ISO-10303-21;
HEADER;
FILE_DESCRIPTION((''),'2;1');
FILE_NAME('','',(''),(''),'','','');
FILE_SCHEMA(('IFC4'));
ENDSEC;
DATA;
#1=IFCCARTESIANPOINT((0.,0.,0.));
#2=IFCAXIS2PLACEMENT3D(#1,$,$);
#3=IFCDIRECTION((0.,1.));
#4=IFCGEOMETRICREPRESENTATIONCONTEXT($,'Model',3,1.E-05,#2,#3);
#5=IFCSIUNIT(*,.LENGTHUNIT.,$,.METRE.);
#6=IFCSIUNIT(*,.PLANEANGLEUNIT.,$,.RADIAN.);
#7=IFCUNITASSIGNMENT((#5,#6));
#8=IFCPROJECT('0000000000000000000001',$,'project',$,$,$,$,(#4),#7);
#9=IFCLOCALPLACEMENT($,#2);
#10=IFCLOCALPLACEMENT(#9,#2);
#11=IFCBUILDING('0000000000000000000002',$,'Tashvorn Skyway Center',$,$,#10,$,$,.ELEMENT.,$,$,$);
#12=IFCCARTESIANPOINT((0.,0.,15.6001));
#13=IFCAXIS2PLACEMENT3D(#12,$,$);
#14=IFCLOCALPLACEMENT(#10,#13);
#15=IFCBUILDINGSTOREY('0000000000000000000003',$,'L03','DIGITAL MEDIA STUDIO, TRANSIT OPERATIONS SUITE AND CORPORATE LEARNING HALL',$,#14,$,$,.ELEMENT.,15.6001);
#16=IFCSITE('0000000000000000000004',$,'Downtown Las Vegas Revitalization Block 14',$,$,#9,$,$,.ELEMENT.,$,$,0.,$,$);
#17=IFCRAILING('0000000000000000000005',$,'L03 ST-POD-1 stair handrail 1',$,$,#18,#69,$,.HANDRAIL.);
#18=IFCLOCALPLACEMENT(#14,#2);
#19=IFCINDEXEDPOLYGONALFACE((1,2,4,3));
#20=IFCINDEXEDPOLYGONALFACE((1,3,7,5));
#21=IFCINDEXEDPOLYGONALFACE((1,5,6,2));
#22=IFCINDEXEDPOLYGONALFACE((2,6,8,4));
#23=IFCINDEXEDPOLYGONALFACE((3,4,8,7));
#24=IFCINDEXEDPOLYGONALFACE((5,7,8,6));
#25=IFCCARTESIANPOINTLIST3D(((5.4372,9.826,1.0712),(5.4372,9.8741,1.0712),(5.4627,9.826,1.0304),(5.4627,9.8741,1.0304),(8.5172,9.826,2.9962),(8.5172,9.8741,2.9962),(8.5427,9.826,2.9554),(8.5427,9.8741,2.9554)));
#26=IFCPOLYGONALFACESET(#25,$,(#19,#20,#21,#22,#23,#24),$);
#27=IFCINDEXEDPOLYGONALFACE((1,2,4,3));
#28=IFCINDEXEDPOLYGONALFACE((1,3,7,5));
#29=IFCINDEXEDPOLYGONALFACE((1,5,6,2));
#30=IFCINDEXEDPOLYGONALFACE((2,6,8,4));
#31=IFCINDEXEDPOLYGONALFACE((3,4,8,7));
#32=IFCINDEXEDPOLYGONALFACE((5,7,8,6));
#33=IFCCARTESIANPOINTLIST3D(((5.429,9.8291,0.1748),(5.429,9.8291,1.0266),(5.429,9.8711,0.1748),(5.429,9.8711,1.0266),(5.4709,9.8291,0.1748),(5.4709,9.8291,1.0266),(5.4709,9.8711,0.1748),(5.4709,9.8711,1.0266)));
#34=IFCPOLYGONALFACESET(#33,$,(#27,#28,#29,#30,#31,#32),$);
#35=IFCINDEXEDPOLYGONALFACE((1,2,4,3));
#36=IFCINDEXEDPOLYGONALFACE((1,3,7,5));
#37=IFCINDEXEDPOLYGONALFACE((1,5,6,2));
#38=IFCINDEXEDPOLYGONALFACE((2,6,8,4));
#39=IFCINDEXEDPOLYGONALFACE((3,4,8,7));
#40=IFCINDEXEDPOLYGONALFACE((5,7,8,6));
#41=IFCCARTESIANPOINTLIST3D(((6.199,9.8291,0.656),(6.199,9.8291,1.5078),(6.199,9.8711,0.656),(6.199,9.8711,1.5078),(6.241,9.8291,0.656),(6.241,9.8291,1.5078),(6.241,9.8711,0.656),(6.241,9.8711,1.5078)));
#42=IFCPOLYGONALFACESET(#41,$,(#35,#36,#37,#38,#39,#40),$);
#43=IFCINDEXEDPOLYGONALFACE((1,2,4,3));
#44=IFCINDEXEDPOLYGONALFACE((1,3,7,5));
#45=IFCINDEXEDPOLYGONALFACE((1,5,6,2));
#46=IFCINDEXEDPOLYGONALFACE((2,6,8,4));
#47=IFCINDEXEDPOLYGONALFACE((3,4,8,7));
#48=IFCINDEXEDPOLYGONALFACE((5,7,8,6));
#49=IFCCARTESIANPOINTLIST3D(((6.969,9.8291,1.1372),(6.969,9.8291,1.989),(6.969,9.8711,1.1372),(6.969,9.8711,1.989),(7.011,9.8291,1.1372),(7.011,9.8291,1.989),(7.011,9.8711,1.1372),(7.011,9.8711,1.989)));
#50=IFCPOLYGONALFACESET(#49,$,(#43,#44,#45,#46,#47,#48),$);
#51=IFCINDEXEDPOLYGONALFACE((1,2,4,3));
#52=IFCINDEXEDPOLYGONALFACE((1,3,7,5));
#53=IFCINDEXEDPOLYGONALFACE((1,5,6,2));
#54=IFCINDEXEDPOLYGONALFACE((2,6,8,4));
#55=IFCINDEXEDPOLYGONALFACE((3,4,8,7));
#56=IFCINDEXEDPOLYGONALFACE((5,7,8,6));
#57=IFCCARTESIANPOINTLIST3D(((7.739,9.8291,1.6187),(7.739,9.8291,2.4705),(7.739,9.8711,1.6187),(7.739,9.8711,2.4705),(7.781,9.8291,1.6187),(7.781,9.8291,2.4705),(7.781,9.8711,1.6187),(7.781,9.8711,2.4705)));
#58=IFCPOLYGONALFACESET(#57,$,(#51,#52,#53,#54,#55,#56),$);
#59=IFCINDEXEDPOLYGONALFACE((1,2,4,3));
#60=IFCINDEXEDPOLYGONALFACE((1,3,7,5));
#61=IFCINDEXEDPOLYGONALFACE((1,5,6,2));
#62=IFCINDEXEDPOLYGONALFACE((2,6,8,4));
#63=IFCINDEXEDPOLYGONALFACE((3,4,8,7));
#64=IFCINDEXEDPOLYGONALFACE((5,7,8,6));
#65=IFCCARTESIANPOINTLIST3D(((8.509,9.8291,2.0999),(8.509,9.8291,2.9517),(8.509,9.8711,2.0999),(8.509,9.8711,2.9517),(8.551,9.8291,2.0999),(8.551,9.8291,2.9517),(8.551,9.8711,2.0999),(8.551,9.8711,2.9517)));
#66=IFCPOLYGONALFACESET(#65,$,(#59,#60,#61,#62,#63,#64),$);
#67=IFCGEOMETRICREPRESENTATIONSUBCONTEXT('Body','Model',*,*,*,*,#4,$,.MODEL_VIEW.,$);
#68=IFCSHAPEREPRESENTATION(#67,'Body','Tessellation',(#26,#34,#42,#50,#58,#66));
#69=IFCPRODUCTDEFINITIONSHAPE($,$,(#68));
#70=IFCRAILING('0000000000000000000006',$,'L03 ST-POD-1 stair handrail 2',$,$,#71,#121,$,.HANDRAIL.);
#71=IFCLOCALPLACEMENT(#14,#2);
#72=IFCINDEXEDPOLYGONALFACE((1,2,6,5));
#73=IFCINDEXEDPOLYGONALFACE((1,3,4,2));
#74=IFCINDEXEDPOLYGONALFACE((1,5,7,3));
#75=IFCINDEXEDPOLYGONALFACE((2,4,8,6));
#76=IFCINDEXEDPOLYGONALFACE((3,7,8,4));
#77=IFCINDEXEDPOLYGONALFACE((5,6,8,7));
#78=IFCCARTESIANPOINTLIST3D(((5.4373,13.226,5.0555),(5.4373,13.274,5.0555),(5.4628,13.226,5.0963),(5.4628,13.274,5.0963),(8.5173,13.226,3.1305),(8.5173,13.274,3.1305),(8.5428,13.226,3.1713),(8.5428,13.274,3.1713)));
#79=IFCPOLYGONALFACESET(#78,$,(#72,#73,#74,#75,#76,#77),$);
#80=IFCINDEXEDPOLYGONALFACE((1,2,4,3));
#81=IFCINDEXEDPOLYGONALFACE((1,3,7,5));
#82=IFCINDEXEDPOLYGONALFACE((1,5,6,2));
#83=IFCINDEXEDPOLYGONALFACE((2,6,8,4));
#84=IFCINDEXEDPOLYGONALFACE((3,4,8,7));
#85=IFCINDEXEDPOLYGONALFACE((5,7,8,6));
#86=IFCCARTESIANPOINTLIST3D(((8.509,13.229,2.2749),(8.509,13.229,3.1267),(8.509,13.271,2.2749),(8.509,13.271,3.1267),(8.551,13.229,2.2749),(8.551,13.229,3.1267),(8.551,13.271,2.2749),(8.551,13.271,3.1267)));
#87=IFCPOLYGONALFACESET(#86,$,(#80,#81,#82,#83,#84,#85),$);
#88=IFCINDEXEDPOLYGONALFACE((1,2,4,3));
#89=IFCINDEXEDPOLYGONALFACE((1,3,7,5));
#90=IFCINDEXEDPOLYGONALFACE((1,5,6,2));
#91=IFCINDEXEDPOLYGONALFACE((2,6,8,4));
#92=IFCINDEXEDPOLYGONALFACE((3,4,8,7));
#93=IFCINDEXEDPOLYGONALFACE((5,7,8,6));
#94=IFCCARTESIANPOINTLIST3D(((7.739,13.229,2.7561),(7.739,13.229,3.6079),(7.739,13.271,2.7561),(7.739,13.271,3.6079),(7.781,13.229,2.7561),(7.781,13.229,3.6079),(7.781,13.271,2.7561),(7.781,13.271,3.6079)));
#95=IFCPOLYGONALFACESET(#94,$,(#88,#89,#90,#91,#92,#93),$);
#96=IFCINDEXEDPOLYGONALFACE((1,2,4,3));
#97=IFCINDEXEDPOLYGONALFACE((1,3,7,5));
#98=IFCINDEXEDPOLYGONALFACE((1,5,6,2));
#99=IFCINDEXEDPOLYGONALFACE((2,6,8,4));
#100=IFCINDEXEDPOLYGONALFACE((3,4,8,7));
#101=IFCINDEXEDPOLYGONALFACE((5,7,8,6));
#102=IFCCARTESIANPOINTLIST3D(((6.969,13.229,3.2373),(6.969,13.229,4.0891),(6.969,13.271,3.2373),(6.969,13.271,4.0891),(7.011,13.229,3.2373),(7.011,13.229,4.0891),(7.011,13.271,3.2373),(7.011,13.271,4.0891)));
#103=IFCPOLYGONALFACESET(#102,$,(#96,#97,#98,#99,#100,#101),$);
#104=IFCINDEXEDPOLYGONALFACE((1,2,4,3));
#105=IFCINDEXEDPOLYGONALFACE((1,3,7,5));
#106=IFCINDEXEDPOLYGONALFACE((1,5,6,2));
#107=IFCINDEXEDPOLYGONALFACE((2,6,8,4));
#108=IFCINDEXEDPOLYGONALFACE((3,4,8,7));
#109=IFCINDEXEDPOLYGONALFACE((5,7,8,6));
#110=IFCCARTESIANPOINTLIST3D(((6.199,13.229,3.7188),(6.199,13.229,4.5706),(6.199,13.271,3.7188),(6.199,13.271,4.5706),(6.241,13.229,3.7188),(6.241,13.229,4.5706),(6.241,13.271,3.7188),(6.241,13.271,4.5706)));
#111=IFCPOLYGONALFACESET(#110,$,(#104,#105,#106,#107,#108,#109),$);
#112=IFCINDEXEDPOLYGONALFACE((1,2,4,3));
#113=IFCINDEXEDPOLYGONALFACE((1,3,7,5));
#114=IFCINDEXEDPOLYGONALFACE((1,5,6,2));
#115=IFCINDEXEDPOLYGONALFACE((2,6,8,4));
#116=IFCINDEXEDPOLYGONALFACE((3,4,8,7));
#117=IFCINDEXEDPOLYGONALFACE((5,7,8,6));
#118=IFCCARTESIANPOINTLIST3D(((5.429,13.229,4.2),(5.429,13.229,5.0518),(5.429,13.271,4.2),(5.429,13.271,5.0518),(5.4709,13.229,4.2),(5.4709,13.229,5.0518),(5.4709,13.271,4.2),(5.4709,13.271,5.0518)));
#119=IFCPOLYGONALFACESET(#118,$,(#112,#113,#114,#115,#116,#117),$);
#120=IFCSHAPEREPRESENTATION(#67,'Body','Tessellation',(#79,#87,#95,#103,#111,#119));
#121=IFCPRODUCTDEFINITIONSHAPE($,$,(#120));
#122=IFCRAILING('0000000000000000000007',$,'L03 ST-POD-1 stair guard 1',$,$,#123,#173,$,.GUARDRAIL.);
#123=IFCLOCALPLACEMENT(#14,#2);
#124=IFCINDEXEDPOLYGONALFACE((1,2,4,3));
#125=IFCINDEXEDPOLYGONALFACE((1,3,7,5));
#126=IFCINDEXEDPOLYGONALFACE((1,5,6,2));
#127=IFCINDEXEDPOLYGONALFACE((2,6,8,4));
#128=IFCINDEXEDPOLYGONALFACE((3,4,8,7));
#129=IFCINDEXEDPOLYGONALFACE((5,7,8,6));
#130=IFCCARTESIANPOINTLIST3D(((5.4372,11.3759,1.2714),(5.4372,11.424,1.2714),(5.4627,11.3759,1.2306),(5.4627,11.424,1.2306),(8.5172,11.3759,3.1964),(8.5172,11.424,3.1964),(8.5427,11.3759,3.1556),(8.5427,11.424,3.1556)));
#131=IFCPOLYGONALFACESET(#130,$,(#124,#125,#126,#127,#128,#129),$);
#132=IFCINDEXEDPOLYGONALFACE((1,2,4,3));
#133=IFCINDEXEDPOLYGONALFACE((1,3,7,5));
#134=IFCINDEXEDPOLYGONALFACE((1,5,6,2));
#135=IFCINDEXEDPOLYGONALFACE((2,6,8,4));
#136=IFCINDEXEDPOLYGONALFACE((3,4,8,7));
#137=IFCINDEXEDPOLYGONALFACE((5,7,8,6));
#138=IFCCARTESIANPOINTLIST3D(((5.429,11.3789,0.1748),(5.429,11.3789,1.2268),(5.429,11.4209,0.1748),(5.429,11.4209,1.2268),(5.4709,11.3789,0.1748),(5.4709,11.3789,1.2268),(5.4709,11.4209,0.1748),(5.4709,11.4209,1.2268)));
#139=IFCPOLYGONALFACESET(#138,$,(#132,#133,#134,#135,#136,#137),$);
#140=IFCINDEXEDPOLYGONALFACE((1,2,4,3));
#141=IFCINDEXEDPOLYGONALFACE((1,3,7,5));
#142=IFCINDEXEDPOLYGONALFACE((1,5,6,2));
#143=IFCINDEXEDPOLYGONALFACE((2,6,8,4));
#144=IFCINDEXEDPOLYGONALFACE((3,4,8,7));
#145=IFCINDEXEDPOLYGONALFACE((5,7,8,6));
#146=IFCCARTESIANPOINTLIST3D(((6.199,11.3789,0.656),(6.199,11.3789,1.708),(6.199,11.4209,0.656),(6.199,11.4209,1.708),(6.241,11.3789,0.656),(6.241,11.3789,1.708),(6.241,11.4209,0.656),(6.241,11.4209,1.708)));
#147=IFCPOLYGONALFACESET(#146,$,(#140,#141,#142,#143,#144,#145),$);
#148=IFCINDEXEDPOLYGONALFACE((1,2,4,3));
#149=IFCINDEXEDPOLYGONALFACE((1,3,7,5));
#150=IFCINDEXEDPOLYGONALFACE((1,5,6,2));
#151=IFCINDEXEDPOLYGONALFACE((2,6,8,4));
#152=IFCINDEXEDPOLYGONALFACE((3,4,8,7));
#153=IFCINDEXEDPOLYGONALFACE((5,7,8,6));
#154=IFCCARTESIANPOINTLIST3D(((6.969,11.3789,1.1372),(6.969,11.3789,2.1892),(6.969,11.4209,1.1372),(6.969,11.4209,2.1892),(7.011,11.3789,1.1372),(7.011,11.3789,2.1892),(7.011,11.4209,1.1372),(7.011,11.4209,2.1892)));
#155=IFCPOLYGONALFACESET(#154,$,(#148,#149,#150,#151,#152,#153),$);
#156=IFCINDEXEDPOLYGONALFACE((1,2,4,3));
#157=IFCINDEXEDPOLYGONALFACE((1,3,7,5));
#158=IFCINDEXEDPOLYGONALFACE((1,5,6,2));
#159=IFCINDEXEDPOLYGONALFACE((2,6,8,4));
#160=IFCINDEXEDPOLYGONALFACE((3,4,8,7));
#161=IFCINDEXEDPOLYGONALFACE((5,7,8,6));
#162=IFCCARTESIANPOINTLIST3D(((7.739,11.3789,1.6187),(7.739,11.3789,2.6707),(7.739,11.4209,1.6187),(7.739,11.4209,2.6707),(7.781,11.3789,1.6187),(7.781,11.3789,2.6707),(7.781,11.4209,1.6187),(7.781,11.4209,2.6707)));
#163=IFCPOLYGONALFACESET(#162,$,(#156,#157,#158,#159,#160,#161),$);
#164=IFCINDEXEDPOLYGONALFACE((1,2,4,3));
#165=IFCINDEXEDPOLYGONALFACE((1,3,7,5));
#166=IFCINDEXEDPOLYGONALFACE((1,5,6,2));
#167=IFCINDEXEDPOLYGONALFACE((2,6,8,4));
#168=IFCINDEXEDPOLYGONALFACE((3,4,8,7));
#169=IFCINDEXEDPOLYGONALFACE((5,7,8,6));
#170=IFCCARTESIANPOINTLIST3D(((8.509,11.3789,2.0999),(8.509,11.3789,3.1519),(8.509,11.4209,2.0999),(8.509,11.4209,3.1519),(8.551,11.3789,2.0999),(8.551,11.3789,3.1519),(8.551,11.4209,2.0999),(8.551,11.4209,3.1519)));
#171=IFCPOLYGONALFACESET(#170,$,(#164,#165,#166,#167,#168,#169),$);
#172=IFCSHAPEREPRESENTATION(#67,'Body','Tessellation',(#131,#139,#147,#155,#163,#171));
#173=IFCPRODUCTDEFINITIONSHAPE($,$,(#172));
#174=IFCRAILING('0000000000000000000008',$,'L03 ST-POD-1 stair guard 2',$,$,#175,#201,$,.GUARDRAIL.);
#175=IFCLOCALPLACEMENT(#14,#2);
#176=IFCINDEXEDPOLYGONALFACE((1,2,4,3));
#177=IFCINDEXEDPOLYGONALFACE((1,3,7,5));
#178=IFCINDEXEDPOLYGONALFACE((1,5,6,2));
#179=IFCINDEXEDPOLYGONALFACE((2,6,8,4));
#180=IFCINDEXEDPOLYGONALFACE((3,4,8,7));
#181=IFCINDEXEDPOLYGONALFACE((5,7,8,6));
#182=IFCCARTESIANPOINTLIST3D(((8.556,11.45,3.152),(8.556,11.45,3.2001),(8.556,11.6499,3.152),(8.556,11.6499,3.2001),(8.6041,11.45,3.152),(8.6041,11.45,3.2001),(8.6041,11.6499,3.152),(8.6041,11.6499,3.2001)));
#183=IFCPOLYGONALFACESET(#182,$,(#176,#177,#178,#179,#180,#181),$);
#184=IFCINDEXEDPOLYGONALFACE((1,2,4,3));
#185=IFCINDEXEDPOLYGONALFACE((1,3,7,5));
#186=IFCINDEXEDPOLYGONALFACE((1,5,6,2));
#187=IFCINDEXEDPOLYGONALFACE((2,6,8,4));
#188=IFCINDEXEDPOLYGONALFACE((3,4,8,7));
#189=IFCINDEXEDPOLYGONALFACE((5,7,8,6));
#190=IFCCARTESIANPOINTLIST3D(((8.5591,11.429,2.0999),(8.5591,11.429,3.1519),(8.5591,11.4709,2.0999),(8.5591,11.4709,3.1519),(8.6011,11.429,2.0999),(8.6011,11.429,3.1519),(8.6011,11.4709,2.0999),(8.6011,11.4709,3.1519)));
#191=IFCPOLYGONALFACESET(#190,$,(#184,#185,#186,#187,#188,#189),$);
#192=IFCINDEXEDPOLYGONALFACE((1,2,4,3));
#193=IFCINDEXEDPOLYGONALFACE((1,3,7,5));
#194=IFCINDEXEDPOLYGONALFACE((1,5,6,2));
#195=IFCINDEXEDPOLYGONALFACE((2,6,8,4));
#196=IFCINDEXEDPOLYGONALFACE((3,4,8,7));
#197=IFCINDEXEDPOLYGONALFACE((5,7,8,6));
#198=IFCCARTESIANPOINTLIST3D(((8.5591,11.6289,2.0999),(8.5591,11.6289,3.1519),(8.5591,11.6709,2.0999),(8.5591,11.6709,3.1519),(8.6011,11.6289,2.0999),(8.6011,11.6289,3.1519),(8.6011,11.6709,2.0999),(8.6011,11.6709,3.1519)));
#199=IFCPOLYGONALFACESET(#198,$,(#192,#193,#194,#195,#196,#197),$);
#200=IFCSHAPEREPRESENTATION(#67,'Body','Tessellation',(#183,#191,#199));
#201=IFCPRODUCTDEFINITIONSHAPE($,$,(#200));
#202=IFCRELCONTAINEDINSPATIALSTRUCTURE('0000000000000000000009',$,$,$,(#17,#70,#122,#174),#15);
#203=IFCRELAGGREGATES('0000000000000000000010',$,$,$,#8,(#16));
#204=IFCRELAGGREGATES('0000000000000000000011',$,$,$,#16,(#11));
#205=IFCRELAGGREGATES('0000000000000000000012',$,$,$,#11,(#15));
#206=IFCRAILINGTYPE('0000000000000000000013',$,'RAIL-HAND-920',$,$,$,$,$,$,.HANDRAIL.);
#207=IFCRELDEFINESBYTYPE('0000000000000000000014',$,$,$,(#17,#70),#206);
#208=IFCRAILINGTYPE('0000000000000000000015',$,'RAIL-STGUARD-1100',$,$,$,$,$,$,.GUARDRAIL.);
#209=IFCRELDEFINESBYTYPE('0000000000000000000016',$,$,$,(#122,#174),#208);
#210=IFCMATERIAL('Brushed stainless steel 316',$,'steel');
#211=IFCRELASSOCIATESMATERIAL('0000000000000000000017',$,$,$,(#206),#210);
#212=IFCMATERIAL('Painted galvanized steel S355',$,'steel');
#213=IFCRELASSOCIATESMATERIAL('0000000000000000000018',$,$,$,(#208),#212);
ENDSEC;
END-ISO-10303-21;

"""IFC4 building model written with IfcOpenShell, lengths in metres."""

from ifc_helpers import new_model, si_unit, direction, frame, origin, origin_2d, place, context, subcontext, project, spatial, rectangle, extrude, material, type_object, element, save


model = new_model("IFC4")

# Units and contexts
model_context = context("Model", 3, precision=1e-05, world=origin(), true_north=direction((0.0, 1.0)))
body_context = subcontext(model_context, "Body", "Model", "MODEL_VIEW")
ifc_project = project(units=[si_unit("LENGTHUNIT", "METRE"), si_unit("PLANEANGLEUNIT", "RADIAN")], contexts=[model_context])

# Site, building, storey
site_placement = place(None, origin())
site = spatial("IfcSite", under=ifc_project, at=site_placement, Name="Downtown Las Vegas Revitalization Block 14", CompositionType="ELEMENT", RefElevation=0.0)
building_placement = place(site_placement, origin())
building = spatial("IfcBuilding", under=site, at=building_placement, Name="Tashvorn Skyway Center", CompositionType="ELEMENT")
storey_placement = place(building_placement, frame((0.0, 0.0, 15.6001)))
storey = spatial("IfcBuildingStorey", under=building, at=storey_placement, Name="L03", Description="DIGITAL MEDIA STUDIO, TRANSIT OPERATIONS SUITE AND CORPORATE LEARNING HALL", CompositionType="ELEMENT", Elevation=15.6001)

# Railings
ifc_material_1 = material(Name="Brushed stainless steel 316", Category="steel")
railing_type_1 = type_object("IfcRailingType", Name="RAIL-HAND-920", PredefinedType="HANDRAIL", material=ifc_material_1)
railing_1_placement = place(storey_placement, frame((5.45, 9.8501, 0.1748)))
element("IfcRailing", 1, at=railing_1_placement, inside=storey, type_object=railing_type_1, Name="L03 ST-POD-1 stair handrail 1", PredefinedType="HANDRAIL", context=body_context, shape_type="SweptSolid", body=[
    extrude(rectangle(XDim=0.0481, YDim=0.0481, at=origin_2d()), frame((0.0, 0.0, 0.876), z_axis=(0.847998, 0.0, 0.529999), x_axis=(0.0, 1.0, 0.0)), (0.0, 0.0, 1.0), 3.6321),
    extrude(rectangle(XDim=0.042, YDim=0.042, at=origin_2d()), origin(), (0.0, 0.0, 1.0), 0.8518),
    extrude(rectangle(XDim=0.042, YDim=0.042, at=origin_2d()), frame((0.77, 0.0, 0.4812)), (0.0, 0.0, 1.0), 0.8518),
    extrude(rectangle(XDim=0.042, YDim=0.042, at=origin_2d()), frame((1.54, 0.0, 0.9624)), (0.0, 0.0, 1.0), 0.8518),
    extrude(rectangle(XDim=0.042, YDim=0.042, at=origin_2d()), frame((2.3101, 0.0, 1.4438)), (0.0, 0.0, 1.0), 0.8518),
    extrude(rectangle(XDim=0.042, YDim=0.042, at=origin_2d()), frame((3.0801, 0.0, 1.925)), (0.0, 0.0, 1.0), 0.8518),
])
railing_2_placement = place(storey_placement, frame((8.53, 13.25, 2.2749)))
element("IfcRailing", 2, at=railing_2_placement, inside=storey, type_object=railing_type_1, Name="L03 ST-POD-1 stair handrail 2", PredefinedType="HANDRAIL", context=body_context, shape_type="SweptSolid", body=[
    extrude(rectangle(XDim=0.0481, YDim=0.0481, at=origin_2d()), frame((0.0, 0.0, 0.876), z_axis=(-0.847998, 0.0, 0.529999), x_axis=(0.0, -1.0, 0.0)), (0.0, 0.0, 1.0), 3.6321),
    extrude(rectangle(XDim=0.042, YDim=0.042, at=origin_2d()), origin(), (0.0, 0.0, 1.0), 0.8518),
    extrude(rectangle(XDim=0.042, YDim=0.042, at=origin_2d()), frame((-0.77, 0.0, 0.4812)), (0.0, 0.0, 1.0), 0.8518),
    extrude(rectangle(XDim=0.042, YDim=0.042, at=origin_2d()), frame((-1.54, 0.0, 0.9624)), (0.0, 0.0, 1.0), 0.8518),
    extrude(rectangle(XDim=0.042, YDim=0.042, at=origin_2d()), frame((-2.3101, 0.0, 1.4438)), (0.0, 0.0, 1.0), 0.8518),
    extrude(rectangle(XDim=0.042, YDim=0.042, at=origin_2d()), frame((-3.0801, 0.0, 1.925)), (0.0, 0.0, 1.0), 0.8518),
])
ifc_material_2 = material(Name="Painted galvanized steel S355", Category="steel")
railing_type_2 = type_object("IfcRailingType", Name="RAIL-STGUARD-1100", PredefinedType="GUARDRAIL", material=ifc_material_2)
railing_3_placement = place(storey_placement, frame((5.45, 11.3999, 0.1748)))
element("IfcRailing", 3, at=railing_3_placement, inside=storey, type_object=railing_type_2, Name="L03 ST-POD-1 stair guard 1", PredefinedType="GUARDRAIL", context=body_context, shape_type="SweptSolid", body=[
    extrude(rectangle(XDim=0.0481, YDim=0.0481, at=origin_2d()), frame((0.0, 0.0, 1.0762), z_axis=(0.847998, 0.0, 0.529999), x_axis=(0.0, 1.0, 0.0)), (0.0, 0.0, 1.0), 3.6321),
    extrude(rectangle(XDim=0.042, YDim=0.042, at=origin_2d()), origin(), (0.0, 0.0, 1.0), 1.052),
    extrude(rectangle(XDim=0.042, YDim=0.042, at=origin_2d()), frame((0.77, 0.0, 0.4812)), (0.0, 0.0, 1.0), 1.052),
    extrude(rectangle(XDim=0.042, YDim=0.042, at=origin_2d()), frame((1.54, 0.0, 0.9624)), (0.0, 0.0, 1.0), 1.052),
    extrude(rectangle(XDim=0.042, YDim=0.042, at=origin_2d()), frame((2.3101, 0.0, 1.4438)), (0.0, 0.0, 1.0), 1.052),
    extrude(rectangle(XDim=0.042, YDim=0.042, at=origin_2d()), frame((3.0801, 0.0, 1.925)), (0.0, 0.0, 1.0), 1.052),
])
railing_4_placement = place(storey_placement, frame((8.5801, 11.45, 2.0999)))
element("IfcRailing", 4, at=railing_4_placement, inside=storey, type_object=railing_type_2, Name="L03 ST-POD-1 stair guard 2", PredefinedType="GUARDRAIL", context=body_context, shape_type="SweptSolid", body=[
    extrude(rectangle(XDim=0.0481, YDim=0.0481, at=origin_2d()), frame((0.0, 0.0, 1.0762), z_axis=(0.0, 1.0, 0.0), x_axis=(-1.0, 0.0, 0.0)), (0.0, 0.0, 1.0), 0.2),
    extrude(rectangle(XDim=0.042, YDim=0.042, at=origin_2d()), origin(), (0.0, 0.0, 1.0), 1.052),
    extrude(rectangle(XDim=0.042, YDim=0.042, at=origin_2d()), frame((0.0, 0.2, 0.0)), (0.0, 0.0, 1.0), 1.052),
])

save(model, "model.ifc")
